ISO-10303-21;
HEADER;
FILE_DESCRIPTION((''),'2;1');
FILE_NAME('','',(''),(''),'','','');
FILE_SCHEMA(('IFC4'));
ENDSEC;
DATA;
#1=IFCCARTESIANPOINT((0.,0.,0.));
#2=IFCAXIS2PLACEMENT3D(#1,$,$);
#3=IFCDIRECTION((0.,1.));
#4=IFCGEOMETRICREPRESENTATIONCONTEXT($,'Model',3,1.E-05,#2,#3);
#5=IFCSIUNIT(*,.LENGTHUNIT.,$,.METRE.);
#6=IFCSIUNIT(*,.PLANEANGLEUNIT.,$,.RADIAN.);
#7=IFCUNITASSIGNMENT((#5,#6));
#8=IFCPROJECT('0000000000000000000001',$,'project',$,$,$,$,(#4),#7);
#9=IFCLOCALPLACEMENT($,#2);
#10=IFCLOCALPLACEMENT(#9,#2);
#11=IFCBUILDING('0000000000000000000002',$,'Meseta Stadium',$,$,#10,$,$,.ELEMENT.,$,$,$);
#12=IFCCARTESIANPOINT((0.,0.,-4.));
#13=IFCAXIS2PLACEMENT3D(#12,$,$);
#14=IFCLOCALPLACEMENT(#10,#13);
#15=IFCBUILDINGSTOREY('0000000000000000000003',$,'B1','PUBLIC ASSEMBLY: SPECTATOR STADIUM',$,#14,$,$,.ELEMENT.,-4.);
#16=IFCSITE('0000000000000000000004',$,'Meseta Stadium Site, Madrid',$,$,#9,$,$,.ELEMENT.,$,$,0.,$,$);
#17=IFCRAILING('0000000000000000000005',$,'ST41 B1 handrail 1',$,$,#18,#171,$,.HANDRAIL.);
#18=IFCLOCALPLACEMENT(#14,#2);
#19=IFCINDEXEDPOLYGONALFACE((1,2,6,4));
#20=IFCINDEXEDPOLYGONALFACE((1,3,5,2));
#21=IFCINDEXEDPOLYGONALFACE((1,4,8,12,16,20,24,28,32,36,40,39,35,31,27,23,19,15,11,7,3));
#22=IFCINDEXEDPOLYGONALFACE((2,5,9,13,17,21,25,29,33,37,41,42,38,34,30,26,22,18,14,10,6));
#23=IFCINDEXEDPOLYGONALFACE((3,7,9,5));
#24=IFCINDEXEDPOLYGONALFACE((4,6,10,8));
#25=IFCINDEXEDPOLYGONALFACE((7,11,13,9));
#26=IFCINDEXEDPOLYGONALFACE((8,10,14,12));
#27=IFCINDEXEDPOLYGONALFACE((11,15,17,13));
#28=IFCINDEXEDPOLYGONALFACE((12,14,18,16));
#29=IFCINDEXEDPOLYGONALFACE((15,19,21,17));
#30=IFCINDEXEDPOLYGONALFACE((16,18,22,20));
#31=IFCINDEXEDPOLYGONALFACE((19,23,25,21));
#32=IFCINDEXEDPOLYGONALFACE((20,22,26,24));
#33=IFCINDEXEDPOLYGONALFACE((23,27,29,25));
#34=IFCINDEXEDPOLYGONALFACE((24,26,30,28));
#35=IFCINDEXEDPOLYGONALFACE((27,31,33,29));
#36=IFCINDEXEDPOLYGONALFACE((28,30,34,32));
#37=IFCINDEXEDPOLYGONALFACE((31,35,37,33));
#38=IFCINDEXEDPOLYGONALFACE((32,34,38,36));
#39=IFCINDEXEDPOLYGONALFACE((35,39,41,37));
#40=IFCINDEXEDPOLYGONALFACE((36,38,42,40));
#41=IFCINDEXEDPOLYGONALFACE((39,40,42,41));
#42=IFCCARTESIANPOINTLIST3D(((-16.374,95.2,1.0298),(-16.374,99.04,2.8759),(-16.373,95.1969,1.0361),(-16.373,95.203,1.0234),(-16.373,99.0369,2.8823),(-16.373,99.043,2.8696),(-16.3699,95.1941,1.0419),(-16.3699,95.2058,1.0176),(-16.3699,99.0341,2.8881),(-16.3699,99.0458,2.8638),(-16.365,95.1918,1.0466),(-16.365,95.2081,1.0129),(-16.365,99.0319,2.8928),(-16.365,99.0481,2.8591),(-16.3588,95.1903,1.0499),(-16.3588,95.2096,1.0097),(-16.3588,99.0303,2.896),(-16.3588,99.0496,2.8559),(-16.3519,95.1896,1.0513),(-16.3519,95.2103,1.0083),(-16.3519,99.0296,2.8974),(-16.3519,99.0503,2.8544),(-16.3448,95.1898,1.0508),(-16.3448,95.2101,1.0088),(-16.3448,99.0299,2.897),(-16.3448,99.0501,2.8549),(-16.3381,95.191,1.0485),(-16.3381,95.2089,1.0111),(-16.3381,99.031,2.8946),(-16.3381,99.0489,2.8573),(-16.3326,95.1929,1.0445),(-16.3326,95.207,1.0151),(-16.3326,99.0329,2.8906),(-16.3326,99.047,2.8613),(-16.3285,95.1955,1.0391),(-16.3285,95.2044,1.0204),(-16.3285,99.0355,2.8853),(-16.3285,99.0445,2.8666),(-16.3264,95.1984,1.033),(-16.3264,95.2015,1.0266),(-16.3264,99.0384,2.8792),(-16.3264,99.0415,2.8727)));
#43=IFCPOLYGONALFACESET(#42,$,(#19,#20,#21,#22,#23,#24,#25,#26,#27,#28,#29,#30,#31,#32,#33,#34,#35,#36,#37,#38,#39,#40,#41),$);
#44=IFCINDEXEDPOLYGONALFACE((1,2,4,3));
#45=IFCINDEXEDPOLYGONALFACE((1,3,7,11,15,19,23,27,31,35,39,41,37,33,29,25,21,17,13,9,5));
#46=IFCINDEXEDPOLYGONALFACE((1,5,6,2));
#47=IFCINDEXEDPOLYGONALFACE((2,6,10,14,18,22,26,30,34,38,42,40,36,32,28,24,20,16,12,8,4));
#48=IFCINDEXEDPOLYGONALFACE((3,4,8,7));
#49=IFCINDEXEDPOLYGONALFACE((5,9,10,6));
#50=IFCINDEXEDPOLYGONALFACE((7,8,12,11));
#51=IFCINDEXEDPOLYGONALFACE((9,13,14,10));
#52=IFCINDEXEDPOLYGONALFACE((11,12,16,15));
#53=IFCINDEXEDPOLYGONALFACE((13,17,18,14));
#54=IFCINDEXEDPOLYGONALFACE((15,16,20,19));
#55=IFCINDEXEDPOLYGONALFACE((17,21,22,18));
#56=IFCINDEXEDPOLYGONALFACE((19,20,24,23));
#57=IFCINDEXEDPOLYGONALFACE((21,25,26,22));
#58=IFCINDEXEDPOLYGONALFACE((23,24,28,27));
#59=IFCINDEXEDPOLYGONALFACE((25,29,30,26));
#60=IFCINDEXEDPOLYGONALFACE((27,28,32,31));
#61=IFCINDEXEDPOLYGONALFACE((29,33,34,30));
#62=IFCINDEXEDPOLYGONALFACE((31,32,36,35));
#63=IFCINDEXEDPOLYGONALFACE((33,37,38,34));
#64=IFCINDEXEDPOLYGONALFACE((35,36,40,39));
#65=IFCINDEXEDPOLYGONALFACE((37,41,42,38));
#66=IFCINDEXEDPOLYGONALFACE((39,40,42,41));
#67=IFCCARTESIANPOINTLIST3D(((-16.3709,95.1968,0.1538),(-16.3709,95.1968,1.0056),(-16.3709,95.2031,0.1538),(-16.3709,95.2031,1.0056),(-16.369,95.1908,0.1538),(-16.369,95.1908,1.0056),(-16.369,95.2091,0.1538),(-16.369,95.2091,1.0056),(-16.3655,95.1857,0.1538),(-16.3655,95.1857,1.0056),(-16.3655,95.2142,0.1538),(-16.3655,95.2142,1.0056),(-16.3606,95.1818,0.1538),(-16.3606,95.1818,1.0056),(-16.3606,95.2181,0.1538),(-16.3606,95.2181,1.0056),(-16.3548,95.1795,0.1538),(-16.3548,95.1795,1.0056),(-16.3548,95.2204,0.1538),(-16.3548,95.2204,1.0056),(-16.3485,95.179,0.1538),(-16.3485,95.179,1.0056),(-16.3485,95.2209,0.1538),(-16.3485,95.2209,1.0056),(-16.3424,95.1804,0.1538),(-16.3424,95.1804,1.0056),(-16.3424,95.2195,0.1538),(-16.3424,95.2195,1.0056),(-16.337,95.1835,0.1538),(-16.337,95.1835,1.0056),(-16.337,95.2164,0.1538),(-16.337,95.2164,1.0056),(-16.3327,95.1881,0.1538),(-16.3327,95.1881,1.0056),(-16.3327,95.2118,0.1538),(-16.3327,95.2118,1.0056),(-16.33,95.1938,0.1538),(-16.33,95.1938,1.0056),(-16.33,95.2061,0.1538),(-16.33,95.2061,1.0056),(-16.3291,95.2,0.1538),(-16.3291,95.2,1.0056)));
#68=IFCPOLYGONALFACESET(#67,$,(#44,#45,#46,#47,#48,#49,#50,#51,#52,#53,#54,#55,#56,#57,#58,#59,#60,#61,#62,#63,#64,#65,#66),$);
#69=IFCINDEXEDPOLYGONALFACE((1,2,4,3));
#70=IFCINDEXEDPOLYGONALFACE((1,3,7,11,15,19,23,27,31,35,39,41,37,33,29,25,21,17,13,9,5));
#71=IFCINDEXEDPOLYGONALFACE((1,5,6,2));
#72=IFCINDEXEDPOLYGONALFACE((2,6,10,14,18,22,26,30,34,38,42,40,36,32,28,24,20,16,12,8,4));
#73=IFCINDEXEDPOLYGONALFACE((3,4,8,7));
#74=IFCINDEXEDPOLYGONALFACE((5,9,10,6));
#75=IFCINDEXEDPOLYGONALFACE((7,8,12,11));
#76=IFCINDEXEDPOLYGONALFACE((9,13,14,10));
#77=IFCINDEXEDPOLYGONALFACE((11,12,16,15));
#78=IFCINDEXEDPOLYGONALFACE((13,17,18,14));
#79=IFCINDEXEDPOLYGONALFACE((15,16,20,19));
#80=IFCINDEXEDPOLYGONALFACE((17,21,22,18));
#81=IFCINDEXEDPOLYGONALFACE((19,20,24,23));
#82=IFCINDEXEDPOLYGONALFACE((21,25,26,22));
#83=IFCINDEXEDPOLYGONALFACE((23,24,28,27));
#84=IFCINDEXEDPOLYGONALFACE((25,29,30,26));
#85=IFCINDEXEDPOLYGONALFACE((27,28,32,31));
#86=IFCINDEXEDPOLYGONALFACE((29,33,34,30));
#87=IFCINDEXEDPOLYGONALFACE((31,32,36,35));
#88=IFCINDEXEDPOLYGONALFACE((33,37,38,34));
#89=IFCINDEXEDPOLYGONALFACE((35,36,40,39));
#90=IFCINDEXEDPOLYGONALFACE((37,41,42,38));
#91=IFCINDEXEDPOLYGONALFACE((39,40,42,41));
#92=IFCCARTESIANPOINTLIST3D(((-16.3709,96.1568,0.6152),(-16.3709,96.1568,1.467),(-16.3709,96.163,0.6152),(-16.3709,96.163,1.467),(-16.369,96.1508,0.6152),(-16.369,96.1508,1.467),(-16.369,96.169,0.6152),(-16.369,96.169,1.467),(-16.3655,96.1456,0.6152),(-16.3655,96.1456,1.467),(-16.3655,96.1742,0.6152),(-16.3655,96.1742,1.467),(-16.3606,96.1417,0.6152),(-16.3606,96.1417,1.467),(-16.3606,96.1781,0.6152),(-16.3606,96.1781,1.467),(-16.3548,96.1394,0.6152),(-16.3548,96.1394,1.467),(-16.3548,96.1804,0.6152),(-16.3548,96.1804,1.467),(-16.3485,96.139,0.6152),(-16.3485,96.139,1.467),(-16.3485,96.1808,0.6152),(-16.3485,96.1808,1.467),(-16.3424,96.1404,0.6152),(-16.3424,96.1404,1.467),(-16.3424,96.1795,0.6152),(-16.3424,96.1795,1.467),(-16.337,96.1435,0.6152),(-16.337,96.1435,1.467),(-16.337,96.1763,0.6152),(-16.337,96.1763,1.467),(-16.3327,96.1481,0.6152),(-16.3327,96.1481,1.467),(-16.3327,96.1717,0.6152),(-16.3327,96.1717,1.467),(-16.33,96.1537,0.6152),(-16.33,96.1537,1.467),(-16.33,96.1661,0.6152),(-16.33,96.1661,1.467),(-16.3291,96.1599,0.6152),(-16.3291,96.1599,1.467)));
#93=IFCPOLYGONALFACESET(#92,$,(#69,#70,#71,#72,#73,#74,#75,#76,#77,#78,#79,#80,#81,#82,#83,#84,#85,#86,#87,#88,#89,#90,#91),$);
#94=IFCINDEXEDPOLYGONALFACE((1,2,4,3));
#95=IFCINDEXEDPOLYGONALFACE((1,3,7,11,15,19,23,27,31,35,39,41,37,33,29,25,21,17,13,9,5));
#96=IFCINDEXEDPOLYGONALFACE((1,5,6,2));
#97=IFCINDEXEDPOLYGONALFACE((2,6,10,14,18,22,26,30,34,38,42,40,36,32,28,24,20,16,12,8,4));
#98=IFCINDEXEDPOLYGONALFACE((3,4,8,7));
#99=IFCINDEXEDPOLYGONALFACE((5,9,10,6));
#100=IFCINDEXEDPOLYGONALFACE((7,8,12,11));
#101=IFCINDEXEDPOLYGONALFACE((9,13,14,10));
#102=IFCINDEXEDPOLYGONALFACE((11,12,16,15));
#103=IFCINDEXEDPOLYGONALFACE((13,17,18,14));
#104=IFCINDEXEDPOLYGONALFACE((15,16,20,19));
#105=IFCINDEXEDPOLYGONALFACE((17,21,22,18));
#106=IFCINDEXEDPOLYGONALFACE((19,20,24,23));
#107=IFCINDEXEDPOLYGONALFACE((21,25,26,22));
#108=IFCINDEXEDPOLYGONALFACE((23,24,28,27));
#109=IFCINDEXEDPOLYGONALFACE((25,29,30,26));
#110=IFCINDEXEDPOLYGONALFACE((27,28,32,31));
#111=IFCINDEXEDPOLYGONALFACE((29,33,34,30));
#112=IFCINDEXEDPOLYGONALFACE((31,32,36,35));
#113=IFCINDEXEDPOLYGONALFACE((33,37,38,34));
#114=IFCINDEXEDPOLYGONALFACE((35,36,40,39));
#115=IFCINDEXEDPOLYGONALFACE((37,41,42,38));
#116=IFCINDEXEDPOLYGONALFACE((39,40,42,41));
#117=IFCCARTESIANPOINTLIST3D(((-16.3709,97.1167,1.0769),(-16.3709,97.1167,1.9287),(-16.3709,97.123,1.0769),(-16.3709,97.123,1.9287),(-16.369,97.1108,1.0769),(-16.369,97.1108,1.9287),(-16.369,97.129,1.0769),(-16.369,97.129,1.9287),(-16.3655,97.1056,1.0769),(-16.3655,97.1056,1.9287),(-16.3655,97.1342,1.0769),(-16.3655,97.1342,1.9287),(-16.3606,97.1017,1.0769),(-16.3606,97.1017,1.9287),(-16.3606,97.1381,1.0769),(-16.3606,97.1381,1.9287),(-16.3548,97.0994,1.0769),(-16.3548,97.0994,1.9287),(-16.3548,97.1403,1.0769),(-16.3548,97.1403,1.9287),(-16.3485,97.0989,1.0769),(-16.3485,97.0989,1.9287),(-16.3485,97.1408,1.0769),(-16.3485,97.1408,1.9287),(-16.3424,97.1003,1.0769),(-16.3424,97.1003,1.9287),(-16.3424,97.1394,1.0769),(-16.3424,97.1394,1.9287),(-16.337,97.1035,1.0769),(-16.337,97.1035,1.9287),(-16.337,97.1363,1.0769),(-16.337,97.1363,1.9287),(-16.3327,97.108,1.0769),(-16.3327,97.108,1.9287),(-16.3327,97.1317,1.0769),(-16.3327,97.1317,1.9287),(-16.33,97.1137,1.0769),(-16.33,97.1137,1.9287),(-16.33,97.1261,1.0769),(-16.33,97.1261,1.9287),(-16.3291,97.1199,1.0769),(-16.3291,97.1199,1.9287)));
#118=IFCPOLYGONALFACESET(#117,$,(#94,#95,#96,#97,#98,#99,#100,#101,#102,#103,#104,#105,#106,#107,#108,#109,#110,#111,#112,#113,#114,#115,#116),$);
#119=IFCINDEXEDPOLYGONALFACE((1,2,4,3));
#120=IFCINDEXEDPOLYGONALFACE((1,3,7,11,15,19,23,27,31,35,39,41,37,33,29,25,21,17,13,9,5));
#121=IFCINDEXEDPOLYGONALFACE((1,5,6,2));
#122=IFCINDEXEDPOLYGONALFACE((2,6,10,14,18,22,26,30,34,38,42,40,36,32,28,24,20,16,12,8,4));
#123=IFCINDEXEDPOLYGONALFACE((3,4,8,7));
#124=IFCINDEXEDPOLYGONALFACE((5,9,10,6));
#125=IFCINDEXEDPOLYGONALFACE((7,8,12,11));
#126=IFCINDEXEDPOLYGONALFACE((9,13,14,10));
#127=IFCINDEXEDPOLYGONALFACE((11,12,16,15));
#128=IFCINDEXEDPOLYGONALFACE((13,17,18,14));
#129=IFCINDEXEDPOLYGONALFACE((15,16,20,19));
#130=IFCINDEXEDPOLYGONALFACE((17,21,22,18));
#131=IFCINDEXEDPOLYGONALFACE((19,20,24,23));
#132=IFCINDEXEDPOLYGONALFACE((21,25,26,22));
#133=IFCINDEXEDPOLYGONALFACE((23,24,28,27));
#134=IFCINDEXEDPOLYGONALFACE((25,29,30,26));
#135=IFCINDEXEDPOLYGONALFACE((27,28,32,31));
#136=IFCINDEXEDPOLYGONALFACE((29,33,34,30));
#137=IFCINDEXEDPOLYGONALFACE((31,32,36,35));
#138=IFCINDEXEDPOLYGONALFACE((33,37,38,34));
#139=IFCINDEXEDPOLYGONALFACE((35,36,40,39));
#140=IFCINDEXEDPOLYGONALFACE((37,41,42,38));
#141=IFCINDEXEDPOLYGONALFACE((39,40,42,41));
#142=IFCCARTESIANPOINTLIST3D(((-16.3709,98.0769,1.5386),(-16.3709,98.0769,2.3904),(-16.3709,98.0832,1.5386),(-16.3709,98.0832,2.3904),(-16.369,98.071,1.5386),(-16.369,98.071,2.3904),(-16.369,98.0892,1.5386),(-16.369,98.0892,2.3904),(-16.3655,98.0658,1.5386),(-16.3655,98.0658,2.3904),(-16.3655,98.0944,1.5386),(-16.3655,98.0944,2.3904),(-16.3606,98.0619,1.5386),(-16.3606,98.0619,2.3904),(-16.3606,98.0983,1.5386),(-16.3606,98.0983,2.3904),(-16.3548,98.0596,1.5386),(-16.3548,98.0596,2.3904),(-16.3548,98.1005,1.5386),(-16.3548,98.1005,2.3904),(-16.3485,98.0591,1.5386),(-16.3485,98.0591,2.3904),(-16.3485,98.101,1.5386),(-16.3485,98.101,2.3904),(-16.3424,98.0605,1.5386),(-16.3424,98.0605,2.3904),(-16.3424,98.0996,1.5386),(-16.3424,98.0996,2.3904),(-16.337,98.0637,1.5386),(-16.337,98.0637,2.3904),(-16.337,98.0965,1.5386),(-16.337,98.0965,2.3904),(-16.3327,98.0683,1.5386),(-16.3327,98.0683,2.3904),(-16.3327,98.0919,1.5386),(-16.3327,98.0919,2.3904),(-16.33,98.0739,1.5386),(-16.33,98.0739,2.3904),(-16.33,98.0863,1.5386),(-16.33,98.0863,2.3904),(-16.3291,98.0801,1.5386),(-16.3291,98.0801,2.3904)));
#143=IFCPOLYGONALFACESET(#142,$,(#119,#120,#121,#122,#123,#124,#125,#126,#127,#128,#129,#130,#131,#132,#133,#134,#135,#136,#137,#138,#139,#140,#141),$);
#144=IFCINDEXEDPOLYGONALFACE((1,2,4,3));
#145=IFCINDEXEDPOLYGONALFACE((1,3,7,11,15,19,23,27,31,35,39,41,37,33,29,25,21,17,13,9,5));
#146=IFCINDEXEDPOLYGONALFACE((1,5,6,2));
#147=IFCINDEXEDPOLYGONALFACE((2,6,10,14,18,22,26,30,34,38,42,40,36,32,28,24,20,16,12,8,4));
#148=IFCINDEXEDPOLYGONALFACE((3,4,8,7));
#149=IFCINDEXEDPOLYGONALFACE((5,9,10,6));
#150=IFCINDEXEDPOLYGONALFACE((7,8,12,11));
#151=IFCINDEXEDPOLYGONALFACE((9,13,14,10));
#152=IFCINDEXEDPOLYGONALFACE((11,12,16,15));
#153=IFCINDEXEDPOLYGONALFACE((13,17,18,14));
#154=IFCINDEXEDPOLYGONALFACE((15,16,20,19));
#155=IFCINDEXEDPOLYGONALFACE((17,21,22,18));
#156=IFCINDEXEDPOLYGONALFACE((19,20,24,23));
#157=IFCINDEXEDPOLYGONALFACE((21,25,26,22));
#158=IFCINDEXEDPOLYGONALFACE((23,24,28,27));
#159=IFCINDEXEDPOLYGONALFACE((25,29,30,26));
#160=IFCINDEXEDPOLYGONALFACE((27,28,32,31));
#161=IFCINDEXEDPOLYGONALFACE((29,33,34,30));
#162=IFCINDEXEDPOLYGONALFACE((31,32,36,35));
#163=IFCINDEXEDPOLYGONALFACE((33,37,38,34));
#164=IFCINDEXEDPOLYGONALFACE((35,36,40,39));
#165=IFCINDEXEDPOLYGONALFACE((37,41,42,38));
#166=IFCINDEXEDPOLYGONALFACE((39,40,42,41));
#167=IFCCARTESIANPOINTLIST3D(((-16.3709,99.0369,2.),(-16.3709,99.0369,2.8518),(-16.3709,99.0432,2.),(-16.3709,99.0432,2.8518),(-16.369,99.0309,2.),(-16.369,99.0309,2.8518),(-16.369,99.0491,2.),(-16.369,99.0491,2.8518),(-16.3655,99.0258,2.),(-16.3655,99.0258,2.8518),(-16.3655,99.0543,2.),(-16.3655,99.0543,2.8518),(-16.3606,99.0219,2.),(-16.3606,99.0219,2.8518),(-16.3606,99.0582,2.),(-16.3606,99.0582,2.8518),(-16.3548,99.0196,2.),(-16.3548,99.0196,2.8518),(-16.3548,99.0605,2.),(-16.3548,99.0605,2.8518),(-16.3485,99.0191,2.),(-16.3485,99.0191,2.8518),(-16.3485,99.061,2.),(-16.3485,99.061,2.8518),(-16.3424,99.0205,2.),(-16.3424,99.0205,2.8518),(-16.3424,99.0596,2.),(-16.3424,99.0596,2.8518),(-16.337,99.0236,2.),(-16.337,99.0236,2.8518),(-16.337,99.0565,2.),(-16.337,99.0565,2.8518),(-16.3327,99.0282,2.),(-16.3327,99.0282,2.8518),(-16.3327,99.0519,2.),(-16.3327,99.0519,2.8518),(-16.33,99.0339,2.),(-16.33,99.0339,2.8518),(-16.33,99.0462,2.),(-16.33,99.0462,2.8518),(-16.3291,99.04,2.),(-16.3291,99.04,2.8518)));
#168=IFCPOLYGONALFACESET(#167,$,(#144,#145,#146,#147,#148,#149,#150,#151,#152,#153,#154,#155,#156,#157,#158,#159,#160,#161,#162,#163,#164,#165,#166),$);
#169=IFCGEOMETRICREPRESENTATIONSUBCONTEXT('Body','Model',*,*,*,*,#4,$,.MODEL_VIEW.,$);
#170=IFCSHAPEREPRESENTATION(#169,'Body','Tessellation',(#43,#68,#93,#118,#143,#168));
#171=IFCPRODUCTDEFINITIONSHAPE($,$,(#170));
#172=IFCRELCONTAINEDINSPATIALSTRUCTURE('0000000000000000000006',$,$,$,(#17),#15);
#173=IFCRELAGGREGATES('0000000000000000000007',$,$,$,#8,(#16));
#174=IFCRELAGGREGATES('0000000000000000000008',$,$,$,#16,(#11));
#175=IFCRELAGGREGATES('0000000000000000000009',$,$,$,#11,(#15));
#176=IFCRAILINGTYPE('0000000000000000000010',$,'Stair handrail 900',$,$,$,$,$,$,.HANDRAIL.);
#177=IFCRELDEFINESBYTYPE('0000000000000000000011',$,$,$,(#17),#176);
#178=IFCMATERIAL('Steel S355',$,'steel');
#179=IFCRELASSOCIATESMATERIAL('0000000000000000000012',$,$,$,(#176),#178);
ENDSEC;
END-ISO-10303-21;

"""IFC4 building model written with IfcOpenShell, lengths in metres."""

from ifc_helpers import new_model, si_unit, direction, frame, origin, origin_2d, place, context, subcontext, project, spatial, circle, extrude, material, type_object, element, save


model = new_model("IFC4")

# Units and contexts
model_context = context("Model", 3, precision=1e-05, world=origin(), true_north=direction((0.0, 1.0)))
body_context = subcontext(model_context, "Body", "Model", "MODEL_VIEW")
ifc_project = project(units=[si_unit("LENGTHUNIT", "METRE"), si_unit("PLANEANGLEUNIT", "RADIAN")], contexts=[model_context])

# Site, building, storey
site_placement = place(None, origin())
site = spatial("IfcSite", under=ifc_project, at=site_placement, Name="Meseta Stadium Site, Madrid", CompositionType="ELEMENT", RefElevation=0.0)
building_placement = place(site_placement, origin())
building = spatial("IfcBuilding", under=site, at=building_placement, Name="Meseta Stadium", CompositionType="ELEMENT")
storey_placement = place(building_placement, frame((0.0, 0.0, -4.0)))
storey = spatial("IfcBuildingStorey", under=building, at=storey_placement, Name="B1", Description="PUBLIC ASSEMBLY: SPECTATOR STADIUM", CompositionType="ELEMENT", Elevation=-4.0)

# Railing
ifc_material_1 = material(Name="Steel S355", Category="steel")
railing_type_1 = type_object("IfcRailingType", Name="Stair handrail 900", PredefinedType="HANDRAIL", material=ifc_material_1)
railing_1_placement = place(storey_placement, frame((-16.3501, 95.2, 0.1538)))
element("IfcRailing", 1, at=railing_1_placement, inside=storey, type_object=railing_type_1, Name="ST41 B1 handrail 1", PredefinedType="HANDRAIL", context=body_context, shape_type="SweptSolid", body=[
    extrude(circle(Radius=0.0239, at=origin_2d()), frame((0.0, 0.0, 0.876), z_axis=(0.0, 0.901253, 0.433294), x_axis=(-1.0, 0.0, 0.0)), (0.0, 0.0, 1.0), 4.2607),
    extrude(circle(Radius=0.021, at=origin_2d()), origin(), (0.0, 0.0, 1.0), 0.8518),
    extrude(circle(Radius=0.021, at=origin_2d()), frame((0.0, 0.96, 0.4614)), (0.0, 0.0, 1.0), 0.8518),
    extrude(circle(Radius=0.021, at=origin_2d()), frame((0.0, 1.9199, 0.9231)), (0.0, 0.0, 1.0), 0.8518),
    extrude(circle(Radius=0.021, at=origin_2d()), frame((0.0, 2.8801, 1.3848)), (0.0, 0.0, 1.0), 0.8518),
    extrude(circle(Radius=0.021, at=origin_2d()), frame((0.0, 3.8401, 1.8462)), (0.0, 0.0, 1.0), 0.8518),
])

save(model, "model.ifc")
